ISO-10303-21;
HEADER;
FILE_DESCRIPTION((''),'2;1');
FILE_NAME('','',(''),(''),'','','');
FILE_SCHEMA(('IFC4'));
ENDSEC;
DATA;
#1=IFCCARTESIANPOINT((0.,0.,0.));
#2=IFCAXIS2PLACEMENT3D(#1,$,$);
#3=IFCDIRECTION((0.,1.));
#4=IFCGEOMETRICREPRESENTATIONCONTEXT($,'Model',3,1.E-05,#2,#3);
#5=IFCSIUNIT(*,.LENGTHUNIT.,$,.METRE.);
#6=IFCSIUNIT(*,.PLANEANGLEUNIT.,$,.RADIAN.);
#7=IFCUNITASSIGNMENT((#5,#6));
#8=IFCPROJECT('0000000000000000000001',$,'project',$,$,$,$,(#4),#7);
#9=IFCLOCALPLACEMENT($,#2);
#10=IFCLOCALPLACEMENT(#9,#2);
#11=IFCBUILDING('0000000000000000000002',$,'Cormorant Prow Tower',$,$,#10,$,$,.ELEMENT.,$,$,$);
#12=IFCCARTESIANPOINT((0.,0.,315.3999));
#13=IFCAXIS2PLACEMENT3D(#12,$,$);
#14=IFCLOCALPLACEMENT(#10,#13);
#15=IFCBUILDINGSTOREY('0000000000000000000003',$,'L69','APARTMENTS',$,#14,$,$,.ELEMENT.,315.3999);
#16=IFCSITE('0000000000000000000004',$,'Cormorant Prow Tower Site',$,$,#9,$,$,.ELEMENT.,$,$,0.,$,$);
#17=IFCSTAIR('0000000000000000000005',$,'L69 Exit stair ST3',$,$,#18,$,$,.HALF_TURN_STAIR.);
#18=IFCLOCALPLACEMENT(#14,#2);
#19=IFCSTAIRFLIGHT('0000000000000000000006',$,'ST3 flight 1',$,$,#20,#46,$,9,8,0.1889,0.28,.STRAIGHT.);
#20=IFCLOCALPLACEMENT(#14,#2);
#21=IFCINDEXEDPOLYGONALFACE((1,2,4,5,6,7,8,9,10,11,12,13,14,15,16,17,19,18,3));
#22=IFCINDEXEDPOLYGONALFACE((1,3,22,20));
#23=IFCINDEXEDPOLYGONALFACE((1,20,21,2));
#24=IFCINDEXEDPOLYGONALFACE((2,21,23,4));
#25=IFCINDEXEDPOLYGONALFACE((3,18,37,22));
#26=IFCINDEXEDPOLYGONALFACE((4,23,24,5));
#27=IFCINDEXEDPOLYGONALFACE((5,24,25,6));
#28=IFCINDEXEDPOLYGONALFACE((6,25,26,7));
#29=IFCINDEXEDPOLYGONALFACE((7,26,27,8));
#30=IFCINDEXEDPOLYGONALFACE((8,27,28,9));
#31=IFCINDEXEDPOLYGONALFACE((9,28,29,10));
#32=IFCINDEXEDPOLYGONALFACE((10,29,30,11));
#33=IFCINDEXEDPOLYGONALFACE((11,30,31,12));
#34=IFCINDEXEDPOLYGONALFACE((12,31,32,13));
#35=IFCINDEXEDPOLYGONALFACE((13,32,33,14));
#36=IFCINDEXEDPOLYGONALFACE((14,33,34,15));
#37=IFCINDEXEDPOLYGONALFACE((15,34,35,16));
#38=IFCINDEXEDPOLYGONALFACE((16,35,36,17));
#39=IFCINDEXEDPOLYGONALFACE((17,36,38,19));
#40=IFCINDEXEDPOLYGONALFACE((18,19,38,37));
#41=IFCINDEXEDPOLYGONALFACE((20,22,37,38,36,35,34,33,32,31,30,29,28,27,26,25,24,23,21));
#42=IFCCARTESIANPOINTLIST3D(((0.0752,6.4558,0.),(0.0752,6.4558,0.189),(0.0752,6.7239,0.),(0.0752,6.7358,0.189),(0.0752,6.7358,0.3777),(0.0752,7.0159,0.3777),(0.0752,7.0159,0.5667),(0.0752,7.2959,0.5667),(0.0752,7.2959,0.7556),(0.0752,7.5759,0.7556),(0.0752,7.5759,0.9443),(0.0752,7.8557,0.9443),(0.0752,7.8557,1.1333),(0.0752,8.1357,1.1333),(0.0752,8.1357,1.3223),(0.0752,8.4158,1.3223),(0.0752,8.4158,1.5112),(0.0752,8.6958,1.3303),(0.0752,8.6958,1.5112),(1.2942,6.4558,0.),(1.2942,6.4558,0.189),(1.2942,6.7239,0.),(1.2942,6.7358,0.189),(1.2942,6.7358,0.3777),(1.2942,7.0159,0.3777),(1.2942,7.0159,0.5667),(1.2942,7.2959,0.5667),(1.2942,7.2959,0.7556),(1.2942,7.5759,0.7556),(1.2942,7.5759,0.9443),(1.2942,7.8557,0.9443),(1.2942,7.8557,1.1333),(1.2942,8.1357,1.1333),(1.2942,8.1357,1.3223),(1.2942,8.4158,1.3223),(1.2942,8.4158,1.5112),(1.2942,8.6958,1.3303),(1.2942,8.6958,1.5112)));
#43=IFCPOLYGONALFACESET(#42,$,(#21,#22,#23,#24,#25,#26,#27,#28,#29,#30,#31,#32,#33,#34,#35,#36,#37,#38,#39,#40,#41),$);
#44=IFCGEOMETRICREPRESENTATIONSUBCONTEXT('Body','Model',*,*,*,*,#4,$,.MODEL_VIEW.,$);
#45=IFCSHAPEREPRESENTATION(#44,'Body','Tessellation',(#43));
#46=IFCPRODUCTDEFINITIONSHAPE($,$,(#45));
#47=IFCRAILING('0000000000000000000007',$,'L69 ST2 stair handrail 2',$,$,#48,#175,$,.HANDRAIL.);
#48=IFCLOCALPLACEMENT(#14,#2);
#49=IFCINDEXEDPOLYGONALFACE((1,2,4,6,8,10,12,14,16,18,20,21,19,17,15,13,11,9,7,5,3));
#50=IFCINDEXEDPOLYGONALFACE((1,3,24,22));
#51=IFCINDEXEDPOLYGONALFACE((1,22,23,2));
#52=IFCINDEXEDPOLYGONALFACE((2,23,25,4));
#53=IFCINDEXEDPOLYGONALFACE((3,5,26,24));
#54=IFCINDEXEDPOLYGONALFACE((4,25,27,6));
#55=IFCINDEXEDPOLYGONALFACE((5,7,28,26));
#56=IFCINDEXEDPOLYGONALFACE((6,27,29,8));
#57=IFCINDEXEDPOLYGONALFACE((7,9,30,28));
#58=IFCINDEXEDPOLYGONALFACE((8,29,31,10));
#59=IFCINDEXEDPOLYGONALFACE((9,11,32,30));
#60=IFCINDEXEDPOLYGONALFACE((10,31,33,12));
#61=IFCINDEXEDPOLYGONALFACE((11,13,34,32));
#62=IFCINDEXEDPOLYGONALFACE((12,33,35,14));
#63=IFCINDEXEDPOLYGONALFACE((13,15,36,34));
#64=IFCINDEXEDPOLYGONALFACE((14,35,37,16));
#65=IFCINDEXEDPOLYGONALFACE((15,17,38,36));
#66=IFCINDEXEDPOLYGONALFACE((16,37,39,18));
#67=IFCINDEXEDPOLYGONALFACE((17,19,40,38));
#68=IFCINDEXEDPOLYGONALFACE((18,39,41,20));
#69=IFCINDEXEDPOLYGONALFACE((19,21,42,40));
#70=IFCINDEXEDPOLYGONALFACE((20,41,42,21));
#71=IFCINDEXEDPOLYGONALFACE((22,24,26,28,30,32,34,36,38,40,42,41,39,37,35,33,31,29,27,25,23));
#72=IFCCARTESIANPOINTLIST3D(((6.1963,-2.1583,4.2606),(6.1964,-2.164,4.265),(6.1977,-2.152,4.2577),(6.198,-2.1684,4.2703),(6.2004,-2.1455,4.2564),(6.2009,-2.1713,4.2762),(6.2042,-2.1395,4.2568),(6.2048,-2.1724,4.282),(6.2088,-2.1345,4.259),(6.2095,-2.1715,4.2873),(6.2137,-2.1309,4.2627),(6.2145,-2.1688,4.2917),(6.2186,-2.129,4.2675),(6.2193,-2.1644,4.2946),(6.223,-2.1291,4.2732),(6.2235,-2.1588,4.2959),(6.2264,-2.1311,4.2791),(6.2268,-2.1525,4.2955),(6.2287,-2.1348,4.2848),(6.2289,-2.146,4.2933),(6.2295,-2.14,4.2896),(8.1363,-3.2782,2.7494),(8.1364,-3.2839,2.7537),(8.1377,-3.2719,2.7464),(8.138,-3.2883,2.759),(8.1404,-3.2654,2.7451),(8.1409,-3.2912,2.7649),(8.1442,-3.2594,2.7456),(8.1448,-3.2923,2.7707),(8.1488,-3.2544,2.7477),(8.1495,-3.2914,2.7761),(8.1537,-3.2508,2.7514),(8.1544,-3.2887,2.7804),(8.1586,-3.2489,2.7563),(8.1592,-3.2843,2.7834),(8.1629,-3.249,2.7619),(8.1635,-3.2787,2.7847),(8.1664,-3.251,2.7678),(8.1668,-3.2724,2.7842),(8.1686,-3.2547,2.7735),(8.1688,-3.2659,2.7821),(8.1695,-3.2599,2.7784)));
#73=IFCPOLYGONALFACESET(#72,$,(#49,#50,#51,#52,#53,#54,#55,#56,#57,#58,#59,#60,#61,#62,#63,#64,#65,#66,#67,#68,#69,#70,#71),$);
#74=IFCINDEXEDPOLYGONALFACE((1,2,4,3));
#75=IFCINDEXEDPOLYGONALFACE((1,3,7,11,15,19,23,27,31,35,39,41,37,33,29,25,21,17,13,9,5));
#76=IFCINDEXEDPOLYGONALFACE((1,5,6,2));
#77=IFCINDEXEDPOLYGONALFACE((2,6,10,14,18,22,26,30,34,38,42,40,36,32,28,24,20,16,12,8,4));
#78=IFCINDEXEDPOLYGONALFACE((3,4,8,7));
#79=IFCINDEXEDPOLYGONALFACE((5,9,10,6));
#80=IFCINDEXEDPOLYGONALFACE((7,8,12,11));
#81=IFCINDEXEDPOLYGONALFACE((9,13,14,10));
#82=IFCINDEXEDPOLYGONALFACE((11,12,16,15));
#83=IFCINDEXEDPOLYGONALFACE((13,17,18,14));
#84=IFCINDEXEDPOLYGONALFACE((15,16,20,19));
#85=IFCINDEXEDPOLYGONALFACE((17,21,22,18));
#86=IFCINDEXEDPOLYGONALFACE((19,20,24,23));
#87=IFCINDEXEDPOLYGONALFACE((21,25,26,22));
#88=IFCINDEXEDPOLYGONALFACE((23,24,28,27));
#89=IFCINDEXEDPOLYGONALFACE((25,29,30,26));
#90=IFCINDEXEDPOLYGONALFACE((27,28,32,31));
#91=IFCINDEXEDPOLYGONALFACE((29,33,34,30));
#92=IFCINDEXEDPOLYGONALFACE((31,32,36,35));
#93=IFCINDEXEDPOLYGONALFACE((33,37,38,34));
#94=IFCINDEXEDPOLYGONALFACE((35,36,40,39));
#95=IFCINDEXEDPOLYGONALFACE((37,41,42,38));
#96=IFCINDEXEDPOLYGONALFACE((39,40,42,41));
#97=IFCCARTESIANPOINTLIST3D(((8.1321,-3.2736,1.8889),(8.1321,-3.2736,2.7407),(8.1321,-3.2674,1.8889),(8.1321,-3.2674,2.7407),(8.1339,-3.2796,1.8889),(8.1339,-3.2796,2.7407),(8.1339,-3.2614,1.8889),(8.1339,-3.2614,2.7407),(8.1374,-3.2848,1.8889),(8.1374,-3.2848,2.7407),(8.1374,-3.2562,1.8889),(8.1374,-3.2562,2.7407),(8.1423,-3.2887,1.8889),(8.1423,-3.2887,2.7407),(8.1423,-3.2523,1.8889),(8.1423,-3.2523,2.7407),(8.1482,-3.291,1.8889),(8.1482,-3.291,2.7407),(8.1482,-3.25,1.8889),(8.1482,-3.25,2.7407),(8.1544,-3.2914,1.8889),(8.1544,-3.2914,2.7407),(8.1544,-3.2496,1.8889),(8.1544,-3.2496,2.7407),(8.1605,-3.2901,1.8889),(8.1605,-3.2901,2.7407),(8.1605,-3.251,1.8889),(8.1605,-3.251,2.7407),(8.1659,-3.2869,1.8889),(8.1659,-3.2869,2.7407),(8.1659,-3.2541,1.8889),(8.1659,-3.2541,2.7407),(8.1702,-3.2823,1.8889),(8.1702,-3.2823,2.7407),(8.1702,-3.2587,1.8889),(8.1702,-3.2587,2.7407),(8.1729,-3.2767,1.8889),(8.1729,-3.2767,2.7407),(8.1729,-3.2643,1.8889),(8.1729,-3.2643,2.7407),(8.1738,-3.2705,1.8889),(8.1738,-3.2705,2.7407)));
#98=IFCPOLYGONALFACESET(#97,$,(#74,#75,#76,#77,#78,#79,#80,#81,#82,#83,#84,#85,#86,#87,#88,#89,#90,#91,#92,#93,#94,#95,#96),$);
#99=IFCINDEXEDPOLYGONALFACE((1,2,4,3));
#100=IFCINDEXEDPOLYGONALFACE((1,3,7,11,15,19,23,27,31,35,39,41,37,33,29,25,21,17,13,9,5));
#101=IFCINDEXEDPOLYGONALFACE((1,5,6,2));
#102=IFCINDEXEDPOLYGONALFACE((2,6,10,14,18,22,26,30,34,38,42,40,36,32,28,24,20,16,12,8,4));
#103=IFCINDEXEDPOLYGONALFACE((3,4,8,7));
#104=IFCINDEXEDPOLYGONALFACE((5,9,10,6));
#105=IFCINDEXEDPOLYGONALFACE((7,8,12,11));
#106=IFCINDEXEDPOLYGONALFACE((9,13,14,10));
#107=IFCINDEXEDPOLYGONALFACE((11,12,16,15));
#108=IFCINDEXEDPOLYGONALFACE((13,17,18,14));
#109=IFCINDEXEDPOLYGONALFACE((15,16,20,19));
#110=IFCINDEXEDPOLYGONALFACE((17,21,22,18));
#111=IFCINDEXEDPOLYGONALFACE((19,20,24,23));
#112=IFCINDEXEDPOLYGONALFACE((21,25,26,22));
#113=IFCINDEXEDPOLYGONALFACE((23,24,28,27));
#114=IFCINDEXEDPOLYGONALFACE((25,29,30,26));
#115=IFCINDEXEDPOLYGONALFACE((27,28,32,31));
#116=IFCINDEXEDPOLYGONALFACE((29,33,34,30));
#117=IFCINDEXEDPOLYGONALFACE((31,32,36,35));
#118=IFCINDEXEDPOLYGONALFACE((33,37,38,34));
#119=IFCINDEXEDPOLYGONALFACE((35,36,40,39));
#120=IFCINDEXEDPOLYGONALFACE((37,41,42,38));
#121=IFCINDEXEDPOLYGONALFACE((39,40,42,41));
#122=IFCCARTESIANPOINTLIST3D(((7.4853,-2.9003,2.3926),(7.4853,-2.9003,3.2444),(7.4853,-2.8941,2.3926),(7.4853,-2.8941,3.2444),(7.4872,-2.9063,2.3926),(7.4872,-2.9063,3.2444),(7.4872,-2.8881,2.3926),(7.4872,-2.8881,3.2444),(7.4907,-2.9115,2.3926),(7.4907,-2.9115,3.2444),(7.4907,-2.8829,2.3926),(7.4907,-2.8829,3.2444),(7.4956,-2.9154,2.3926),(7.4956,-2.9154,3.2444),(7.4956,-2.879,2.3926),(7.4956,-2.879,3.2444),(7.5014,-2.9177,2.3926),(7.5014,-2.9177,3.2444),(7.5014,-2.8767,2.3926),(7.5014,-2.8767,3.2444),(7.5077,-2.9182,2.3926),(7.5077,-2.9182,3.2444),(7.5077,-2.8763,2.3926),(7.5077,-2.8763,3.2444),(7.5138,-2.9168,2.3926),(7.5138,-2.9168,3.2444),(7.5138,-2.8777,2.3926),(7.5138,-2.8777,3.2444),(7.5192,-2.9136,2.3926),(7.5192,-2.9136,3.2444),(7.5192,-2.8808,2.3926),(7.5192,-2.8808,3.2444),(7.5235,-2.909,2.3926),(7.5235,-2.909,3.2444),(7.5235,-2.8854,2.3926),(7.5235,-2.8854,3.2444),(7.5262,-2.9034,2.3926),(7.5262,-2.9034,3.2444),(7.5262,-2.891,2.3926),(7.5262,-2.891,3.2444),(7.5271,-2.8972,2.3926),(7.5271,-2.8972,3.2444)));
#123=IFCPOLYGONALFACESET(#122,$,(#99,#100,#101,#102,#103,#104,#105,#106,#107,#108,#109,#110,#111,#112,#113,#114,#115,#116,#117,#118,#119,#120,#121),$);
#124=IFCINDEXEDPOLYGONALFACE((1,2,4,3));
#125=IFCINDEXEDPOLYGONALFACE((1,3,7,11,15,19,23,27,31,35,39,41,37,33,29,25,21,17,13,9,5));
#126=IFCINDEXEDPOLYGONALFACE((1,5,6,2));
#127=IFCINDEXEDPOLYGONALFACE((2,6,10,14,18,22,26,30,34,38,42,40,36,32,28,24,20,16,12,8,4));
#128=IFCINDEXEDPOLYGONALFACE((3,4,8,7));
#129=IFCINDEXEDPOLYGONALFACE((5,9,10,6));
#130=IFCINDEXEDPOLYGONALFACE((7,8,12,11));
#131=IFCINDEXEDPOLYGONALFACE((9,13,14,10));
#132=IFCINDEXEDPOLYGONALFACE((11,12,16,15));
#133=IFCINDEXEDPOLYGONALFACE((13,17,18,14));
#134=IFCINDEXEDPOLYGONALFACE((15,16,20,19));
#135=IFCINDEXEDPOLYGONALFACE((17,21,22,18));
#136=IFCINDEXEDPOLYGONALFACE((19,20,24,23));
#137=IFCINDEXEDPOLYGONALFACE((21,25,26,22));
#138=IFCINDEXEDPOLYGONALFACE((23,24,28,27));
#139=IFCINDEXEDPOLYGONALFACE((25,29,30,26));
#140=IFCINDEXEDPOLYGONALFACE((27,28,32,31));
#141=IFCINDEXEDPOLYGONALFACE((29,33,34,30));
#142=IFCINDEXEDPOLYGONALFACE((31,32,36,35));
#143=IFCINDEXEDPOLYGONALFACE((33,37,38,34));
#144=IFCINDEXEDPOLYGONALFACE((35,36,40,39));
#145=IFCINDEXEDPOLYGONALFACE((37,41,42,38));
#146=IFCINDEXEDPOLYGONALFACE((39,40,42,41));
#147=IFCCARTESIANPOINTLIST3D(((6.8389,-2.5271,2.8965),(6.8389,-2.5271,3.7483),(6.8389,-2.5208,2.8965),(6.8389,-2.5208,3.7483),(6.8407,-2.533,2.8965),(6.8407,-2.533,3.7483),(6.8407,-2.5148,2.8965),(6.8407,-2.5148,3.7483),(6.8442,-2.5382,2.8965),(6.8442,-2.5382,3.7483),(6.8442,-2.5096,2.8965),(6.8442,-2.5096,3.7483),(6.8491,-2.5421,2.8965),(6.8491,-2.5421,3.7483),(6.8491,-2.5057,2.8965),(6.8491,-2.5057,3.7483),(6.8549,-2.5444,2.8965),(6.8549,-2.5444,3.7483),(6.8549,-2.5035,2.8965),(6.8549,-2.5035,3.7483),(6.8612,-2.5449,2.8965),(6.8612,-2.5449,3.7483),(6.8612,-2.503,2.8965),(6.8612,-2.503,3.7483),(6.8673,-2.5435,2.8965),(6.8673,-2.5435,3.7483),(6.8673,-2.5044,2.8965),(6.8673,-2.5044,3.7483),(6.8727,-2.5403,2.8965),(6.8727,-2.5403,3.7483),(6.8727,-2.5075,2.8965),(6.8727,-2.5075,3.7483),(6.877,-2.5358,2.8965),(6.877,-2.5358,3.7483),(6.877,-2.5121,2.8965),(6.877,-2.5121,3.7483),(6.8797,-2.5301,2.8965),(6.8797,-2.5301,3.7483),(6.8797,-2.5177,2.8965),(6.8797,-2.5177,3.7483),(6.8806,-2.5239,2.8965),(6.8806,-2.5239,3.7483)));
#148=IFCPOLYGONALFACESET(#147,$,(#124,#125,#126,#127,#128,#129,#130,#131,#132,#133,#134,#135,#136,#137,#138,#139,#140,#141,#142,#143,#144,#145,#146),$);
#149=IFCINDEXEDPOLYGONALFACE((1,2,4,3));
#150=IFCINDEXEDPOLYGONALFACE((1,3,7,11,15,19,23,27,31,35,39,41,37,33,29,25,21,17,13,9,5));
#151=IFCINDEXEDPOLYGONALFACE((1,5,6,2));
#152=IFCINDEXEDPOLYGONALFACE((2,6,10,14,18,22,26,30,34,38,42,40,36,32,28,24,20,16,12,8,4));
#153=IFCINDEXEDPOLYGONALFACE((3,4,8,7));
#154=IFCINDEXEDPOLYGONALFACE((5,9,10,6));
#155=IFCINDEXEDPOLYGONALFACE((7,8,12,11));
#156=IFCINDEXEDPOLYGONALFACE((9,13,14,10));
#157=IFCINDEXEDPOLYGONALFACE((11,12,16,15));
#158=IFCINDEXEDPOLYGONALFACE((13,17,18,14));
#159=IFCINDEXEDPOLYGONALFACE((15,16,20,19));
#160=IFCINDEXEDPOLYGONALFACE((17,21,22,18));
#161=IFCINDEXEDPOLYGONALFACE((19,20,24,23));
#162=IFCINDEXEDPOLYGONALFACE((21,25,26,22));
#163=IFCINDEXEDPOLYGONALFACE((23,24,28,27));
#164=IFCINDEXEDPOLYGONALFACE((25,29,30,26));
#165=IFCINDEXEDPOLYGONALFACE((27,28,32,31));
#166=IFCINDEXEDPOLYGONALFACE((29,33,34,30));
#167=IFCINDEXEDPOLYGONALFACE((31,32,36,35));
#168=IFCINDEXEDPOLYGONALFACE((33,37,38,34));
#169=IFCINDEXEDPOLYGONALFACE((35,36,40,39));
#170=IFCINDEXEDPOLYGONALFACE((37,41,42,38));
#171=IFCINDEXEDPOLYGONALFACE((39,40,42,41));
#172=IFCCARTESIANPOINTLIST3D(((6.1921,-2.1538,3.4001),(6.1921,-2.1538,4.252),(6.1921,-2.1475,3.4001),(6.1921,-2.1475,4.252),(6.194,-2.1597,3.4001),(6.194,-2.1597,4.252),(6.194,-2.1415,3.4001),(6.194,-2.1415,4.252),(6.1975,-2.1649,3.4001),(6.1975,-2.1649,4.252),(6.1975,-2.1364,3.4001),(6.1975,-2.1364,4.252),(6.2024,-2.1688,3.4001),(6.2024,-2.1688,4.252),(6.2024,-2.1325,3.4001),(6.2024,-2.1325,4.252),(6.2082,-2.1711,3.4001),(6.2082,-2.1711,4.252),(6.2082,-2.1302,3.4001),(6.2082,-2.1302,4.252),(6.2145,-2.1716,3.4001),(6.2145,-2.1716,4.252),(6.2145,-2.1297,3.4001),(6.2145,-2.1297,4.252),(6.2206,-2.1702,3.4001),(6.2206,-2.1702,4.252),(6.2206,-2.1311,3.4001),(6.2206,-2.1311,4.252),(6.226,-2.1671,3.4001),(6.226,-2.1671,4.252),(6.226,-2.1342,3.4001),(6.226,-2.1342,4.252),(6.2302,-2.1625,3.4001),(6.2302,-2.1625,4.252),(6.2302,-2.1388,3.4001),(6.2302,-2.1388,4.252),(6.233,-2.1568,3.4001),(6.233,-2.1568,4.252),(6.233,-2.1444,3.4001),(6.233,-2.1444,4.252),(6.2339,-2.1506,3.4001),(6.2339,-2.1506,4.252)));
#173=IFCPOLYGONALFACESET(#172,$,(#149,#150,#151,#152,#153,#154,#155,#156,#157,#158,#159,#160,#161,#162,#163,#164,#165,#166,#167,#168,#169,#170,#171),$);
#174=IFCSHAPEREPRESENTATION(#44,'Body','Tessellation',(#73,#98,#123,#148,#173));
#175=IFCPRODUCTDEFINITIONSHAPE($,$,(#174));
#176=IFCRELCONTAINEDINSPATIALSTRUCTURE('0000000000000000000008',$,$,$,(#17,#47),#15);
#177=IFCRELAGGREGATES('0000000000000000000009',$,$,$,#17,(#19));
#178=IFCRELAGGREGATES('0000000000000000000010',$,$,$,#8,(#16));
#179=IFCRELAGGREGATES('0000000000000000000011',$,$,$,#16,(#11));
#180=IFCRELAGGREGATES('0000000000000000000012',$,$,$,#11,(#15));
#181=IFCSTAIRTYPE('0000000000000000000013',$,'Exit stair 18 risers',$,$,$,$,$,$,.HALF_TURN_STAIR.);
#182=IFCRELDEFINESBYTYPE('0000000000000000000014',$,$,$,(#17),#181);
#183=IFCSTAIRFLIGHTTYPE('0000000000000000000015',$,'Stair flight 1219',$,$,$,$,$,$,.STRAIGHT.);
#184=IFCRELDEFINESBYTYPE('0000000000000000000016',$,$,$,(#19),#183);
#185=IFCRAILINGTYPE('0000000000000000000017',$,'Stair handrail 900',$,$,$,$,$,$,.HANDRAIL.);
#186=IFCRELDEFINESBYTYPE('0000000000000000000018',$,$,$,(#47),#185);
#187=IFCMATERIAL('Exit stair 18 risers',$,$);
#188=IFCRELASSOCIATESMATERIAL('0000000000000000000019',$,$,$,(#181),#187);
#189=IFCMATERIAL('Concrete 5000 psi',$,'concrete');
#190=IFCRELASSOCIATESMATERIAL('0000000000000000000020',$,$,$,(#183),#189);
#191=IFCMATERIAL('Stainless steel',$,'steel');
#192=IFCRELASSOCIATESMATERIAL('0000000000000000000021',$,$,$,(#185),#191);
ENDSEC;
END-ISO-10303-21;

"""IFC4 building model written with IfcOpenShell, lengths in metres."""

from ifc_helpers import new_model, si_unit, direction, frame, origin, origin_2d, place, context, subcontext, project, spatial, polyline, circle, outline, extrude, material, type_object, element, aggregate, save


model = new_model("IFC4")

# Units and contexts
model_context = context("Model", 3, precision=1e-05, world=origin(), true_north=direction((0.0, 1.0)))
body_context = subcontext(model_context, "Body", "Model", "MODEL_VIEW")
ifc_project = project(units=[si_unit("LENGTHUNIT", "METRE"), si_unit("PLANEANGLEUNIT", "RADIAN")], contexts=[model_context])

# Site, building, storey
site_placement = place(None, origin())
site = spatial("IfcSite", under=ifc_project, at=site_placement, Name="Cormorant Prow Tower Site", CompositionType="ELEMENT", RefElevation=0.0)
building_placement = place(site_placement, origin())
building = spatial("IfcBuilding", under=site, at=building_placement, Name="Cormorant Prow Tower", CompositionType="ELEMENT")
storey_placement = place(building_placement, frame((0.0, 0.0, 315.3999)))
storey = spatial("IfcBuildingStorey", under=building, at=storey_placement, Name="L69", Description="APARTMENTS", CompositionType="ELEMENT", Elevation=315.3999)

# Stair
ifc_material_1 = material(Name="Exit stair 18 risers")
stair_type = type_object("IfcStairType", Name="Exit stair 18 risers", PredefinedType="HALF_TURN_STAIR", material=ifc_material_1)
stair_1_placement = place(storey_placement, origin())
stair_1 = element("IfcStair", 1, at=stair_1_placement, inside=storey, type_object=stair_type, Name="L69 Exit stair ST3", PredefinedType="HALF_TURN_STAIR")

# Stair flight
ifc_material_2 = material(Name="Concrete 5000 psi", Category="concrete")
stair_flight_type = type_object("IfcStairFlightType", Name="Stair flight 1219", PredefinedType="STRAIGHT", material=ifc_material_2)
stair_flight_placement = place(storey_placement, frame((0.6846, 6.4558, 0.0), z_axis=(0.0, 0.0, 1.0), x_axis=(0.0, 1.0, 0.0)))
stair_flight = element("IfcStairFlight", 2, at=stair_flight_placement, type_object=stair_flight_type, Name="ST3 flight 1", NumberOfRisers=9, NumberOfTreads=8, PredefinedType="STRAIGHT", RiserHeight=0.1889, TreadLength=0.28, context=body_context, shape_type="SweptSolid", body=[
    extrude(outline(polyline([(0.0, 0.0), (0.0, 0.189), (0.28, 0.189), (0.28, 0.3777), (0.5601, 0.3777), (0.5601, 0.5667), (0.8401, 0.5667), (0.8401, 0.7556), (1.1201, 0.7556), (1.1201, 0.9443), (1.3999, 0.9443), (1.3999, 1.1333), (1.6799, 1.1333), (1.6799, 1.3223), (1.96, 1.3223), (1.96, 1.5112), (2.24, 1.5112), (2.24, 1.7), (2.24, 1.3303), (0.2681, 0.0), (0.0, 0.0)])), frame((0.0, 0.6094, 0.0), z_axis=(0.0, -1.0, 0.0), x_axis=(1.0, 0.0, 0.0)), (0.0, 0.0, 1.0), 1.219),
])
aggregate(stair_1, [stair_flight])

# Railing
ifc_material_3 = material(Name="Stainless steel", Category="steel")
railing_type_1 = type_object("IfcRailingType", Name="Stair handrail 900", PredefinedType="HANDRAIL", material=ifc_material_3)
railing_1_placement = place(storey_placement, frame((8.1528, -3.2705, 1.8889)))
element("IfcRailing", 3, at=railing_1_placement, inside=storey, type_object=railing_type_1, Name="L69 ST2 stair handrail 2", PredefinedType="HANDRAIL", context=body_context, shape_type="SweptSolid", body=[
    extrude(circle(Radius=0.0239, at=origin_2d()), frame((0.0, 0.0, 0.876), z_axis=(-0.71794, 0.414447, 0.559281), x_axis=(-0.499949, -0.866055, 0.0)), (0.0, 0.0, 1.0), 2.7021),
    extrude(circle(Radius=0.021, at=origin_2d()), origin(), (0.0, 0.0, 1.0), 0.8518),
    extrude(circle(Radius=0.021, at=origin_2d()), frame((-0.6467, 0.3733, 0.5037)), (0.0, 0.0, 1.0), 0.8518),
    extrude(circle(Radius=0.021, at=origin_2d()), frame((-1.2932, 0.7466, 1.0076)), (0.0, 0.0, 1.0), 0.8518),
    extrude(circle(Radius=0.021, at=origin_2d()), frame((-1.9399, 1.1199, 1.5112)), (0.0, 0.0, 1.0), 0.8518),
])

save(model, "model.ifc")
